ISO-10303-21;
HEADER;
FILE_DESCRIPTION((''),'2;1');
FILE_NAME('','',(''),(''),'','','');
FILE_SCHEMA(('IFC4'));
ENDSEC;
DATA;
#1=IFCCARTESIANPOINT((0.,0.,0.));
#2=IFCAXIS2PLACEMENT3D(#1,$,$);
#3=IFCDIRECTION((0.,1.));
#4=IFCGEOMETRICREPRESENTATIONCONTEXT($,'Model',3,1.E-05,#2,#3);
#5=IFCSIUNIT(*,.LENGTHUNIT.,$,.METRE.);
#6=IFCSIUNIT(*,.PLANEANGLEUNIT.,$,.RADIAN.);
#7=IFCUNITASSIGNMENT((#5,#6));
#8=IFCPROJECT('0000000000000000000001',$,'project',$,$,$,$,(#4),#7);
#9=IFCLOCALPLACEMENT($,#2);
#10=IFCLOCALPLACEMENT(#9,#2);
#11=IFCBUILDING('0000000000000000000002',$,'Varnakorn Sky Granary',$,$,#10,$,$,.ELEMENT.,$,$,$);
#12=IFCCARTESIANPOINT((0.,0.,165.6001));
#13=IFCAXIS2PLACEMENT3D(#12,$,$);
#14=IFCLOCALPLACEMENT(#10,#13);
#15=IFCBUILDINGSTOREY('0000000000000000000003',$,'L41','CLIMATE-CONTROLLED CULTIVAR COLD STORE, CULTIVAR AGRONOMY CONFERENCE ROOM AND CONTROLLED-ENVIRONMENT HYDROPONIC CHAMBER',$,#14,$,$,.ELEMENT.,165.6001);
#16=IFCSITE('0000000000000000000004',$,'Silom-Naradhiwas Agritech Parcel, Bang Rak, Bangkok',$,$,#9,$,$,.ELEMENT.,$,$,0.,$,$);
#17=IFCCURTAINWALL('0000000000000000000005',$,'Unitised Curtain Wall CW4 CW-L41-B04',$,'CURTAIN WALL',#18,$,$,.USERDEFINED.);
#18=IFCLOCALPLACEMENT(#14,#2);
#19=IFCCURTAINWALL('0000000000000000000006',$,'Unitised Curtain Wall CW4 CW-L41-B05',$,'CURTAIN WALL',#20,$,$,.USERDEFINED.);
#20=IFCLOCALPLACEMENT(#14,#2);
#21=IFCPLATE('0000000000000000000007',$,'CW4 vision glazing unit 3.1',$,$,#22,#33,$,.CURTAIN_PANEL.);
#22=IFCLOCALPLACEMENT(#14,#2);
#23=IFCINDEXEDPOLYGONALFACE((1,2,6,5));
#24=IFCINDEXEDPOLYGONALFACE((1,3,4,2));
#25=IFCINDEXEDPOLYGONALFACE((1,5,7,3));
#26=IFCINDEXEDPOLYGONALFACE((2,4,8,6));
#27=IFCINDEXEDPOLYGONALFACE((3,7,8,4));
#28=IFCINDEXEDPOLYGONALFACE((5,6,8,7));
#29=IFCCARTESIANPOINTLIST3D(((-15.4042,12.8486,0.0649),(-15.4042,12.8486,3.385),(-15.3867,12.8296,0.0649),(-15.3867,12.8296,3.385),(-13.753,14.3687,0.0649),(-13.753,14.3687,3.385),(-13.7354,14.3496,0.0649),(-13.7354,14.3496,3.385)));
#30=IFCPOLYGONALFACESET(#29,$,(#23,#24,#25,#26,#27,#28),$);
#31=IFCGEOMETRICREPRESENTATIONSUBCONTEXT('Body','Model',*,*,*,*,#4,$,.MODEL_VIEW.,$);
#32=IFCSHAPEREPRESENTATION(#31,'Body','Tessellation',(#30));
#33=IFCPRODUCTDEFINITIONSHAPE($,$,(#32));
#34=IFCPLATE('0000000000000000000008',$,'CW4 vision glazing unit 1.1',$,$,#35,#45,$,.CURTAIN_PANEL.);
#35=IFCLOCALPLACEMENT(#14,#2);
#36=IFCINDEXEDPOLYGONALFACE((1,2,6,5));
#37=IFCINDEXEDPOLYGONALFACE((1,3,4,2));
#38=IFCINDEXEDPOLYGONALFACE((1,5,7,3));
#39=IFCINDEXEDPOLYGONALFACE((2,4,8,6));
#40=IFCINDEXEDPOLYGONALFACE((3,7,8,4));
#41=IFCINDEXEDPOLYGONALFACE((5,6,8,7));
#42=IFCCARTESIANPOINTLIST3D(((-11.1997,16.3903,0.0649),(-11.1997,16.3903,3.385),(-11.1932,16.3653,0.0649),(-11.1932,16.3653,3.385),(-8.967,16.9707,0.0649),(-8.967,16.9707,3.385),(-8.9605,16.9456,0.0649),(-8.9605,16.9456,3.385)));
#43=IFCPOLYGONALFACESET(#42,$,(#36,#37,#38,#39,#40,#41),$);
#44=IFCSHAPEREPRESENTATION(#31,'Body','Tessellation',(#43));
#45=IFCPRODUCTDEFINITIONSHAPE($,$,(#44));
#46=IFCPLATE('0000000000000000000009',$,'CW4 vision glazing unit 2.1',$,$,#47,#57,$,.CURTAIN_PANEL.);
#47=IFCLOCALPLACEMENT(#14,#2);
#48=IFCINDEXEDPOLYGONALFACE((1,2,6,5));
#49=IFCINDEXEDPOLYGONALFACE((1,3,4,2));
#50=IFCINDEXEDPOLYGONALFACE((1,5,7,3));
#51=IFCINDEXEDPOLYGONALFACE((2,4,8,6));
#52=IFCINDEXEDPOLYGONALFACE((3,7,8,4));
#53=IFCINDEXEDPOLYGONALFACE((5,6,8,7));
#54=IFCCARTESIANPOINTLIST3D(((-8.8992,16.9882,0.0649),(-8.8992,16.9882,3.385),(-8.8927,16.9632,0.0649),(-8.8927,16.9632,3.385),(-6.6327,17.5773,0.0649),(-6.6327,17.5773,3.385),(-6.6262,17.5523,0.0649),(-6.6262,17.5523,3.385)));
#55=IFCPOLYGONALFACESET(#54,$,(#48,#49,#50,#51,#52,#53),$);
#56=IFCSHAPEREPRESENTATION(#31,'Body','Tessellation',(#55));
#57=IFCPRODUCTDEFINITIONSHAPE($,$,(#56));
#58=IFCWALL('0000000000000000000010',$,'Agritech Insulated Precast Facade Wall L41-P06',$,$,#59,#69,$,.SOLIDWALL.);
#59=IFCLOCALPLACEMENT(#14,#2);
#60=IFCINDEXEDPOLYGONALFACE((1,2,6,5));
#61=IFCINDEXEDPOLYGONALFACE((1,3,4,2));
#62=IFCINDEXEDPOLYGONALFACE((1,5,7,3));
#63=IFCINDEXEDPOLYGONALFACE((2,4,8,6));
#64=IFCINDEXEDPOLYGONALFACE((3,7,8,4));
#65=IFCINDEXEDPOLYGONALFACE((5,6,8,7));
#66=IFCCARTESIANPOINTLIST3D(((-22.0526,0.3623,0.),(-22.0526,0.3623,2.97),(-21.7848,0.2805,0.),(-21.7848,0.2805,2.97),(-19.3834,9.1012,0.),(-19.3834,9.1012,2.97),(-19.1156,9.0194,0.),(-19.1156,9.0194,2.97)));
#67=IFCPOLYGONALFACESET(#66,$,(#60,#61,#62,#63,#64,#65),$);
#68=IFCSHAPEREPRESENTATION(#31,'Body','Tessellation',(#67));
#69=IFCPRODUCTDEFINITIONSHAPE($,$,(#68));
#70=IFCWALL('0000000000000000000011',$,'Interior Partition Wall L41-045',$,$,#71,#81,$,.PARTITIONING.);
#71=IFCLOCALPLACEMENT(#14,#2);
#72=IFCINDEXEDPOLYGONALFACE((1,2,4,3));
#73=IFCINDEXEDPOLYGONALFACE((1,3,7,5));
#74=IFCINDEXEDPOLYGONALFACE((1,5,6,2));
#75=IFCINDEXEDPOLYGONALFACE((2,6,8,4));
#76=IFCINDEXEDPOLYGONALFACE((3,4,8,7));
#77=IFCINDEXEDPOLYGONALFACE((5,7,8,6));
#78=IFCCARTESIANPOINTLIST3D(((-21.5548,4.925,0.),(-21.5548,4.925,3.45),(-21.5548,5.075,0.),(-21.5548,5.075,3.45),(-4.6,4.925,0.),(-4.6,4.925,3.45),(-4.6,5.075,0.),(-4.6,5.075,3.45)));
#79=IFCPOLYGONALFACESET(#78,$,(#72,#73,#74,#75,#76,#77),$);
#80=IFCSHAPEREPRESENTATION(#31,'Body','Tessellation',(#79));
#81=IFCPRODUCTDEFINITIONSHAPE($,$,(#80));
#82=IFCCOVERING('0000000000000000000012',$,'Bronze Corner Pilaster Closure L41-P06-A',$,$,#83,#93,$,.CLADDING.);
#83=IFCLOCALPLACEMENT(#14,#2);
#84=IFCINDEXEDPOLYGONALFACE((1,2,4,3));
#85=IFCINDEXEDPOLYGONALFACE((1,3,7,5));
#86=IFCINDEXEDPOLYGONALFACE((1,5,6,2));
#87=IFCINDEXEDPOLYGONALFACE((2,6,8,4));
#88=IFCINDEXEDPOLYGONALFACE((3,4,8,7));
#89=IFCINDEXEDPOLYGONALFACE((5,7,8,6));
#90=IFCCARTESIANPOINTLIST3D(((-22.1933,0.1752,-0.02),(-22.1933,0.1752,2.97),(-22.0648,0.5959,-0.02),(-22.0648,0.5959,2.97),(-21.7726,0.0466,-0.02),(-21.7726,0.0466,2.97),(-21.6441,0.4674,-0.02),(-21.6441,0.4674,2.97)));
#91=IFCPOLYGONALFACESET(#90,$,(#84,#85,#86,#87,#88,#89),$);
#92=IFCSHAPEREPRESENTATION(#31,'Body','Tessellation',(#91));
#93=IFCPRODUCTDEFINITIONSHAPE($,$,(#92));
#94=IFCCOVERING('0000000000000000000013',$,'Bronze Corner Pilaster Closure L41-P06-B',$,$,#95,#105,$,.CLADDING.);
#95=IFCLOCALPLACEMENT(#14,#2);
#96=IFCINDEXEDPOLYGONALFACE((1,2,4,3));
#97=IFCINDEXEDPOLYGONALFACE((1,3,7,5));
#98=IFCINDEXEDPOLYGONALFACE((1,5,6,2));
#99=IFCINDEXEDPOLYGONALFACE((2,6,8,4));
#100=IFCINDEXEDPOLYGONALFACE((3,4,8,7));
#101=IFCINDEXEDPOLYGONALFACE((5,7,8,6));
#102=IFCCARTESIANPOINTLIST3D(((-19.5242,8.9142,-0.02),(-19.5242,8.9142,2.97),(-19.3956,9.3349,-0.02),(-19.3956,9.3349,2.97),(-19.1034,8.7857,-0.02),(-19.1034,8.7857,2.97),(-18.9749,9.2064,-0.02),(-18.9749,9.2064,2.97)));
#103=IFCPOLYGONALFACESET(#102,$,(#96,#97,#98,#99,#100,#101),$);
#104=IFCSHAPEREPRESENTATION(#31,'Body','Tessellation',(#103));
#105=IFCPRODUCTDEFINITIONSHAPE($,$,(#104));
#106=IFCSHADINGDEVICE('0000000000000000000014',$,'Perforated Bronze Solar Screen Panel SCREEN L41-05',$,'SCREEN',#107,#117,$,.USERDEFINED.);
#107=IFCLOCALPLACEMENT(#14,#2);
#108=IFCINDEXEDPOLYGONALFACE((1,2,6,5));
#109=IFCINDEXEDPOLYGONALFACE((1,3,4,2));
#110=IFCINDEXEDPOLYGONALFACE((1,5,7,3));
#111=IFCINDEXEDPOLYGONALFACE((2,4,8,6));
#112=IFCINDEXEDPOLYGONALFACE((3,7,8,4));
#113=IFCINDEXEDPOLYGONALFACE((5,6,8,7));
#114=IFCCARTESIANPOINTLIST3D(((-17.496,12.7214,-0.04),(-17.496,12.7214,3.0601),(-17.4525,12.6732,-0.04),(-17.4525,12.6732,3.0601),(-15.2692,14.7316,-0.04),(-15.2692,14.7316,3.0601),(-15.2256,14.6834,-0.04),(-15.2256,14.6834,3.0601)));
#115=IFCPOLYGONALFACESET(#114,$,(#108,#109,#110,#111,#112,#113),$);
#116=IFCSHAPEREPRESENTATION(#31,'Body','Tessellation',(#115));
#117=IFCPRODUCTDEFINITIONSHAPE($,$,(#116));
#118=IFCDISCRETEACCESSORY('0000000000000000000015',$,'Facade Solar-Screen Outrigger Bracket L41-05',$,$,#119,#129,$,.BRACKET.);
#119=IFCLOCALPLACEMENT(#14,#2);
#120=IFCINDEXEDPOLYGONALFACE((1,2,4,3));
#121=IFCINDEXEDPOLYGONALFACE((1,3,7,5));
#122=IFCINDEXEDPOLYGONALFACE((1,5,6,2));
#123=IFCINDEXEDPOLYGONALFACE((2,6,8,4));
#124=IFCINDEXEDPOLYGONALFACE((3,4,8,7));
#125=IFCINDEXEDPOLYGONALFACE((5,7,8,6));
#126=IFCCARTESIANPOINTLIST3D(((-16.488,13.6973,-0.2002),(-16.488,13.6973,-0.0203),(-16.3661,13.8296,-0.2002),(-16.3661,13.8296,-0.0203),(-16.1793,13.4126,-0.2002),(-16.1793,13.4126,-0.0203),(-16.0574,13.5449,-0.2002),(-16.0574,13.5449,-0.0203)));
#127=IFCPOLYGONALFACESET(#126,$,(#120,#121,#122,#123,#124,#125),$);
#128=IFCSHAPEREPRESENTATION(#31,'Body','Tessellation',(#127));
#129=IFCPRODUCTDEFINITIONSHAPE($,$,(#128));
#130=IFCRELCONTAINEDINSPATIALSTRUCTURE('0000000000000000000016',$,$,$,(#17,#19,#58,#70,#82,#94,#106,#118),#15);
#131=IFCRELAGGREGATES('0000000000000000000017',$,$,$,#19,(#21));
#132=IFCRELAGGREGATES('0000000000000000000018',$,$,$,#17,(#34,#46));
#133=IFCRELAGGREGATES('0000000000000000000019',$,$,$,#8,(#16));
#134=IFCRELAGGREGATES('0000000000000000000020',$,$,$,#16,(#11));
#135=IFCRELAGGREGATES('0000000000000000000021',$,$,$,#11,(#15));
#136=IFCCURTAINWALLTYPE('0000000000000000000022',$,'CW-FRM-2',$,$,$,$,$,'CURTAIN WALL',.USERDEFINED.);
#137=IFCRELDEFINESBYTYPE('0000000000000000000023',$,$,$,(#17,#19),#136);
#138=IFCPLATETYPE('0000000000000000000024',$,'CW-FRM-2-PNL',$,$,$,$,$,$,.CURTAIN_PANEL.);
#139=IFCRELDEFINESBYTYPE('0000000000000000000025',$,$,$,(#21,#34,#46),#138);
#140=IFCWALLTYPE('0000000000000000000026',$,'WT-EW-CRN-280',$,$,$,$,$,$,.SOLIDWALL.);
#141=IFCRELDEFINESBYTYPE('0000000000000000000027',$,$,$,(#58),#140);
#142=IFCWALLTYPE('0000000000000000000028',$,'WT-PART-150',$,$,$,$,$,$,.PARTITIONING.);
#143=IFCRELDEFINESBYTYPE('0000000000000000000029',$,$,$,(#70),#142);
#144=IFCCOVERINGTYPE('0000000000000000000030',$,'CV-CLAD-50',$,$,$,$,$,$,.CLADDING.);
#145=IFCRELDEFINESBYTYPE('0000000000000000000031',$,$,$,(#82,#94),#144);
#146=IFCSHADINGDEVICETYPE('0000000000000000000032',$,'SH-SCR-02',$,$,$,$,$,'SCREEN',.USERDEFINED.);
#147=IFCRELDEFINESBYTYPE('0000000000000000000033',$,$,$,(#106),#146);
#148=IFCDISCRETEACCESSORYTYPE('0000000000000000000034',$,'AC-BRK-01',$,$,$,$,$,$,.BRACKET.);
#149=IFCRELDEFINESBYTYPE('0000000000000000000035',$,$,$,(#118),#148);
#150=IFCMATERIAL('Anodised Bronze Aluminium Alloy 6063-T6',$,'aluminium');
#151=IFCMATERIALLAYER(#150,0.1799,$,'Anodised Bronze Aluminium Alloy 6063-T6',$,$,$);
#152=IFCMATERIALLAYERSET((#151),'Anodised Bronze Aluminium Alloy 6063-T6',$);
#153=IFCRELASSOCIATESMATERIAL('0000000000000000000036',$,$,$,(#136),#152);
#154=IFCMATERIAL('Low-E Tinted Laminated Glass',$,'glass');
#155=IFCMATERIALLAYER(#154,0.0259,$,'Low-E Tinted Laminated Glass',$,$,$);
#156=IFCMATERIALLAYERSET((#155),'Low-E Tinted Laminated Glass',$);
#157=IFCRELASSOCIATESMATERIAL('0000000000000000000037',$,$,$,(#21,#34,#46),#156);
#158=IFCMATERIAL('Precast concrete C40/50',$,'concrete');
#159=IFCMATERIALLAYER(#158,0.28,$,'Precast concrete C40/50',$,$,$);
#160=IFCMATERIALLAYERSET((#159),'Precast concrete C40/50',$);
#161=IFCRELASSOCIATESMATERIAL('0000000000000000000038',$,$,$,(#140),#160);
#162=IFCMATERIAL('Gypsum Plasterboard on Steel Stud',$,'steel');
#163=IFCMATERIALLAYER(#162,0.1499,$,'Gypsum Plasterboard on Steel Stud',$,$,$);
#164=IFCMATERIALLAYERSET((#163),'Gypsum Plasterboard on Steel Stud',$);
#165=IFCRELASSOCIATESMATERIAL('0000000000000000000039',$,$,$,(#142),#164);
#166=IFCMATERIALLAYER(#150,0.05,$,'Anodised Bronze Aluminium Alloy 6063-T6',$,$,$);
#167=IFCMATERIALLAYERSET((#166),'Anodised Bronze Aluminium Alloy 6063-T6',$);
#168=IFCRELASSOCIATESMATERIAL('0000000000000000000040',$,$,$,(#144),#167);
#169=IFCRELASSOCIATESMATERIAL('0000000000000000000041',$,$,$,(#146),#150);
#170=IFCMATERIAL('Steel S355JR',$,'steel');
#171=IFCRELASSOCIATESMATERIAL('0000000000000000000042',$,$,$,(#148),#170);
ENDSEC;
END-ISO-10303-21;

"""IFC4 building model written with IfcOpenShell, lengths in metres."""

from ifc_helpers import new_model, si_unit, direction, frame, frame_2d, origin, origin_2d, place, context, subcontext, project, spatial, rectangle, extrude, source, transform, mapped, material, layer, layer_set, type_object, type_shapes, element, aggregate, save


model = new_model("IFC4")

# Units and contexts
model_context = context("Model", 3, precision=1e-05, world=origin(), true_north=direction((0.0, 1.0)))
body_context = subcontext(model_context, "Body", "Model", "MODEL_VIEW")
ifc_project = project(units=[si_unit("LENGTHUNIT", "METRE"), si_unit("PLANEANGLEUNIT", "RADIAN")], contexts=[model_context])

# Site, building, storey
site_placement = place(None, origin())
site = spatial("IfcSite", under=ifc_project, at=site_placement, Name="Silom-Naradhiwas Agritech Parcel, Bang Rak, Bangkok", CompositionType="ELEMENT", RefElevation=0.0)
building_placement = place(site_placement, origin())
building = spatial("IfcBuilding", under=site, at=building_placement, Name="Varnakorn Sky Granary", CompositionType="ELEMENT")
storey_placement = place(building_placement, frame((0.0, 0.0, 165.6001)))
storey = spatial("IfcBuildingStorey", under=building, at=storey_placement, Name="L41", Description="CLIMATE-CONTROLLED CULTIVAR COLD STORE, CULTIVAR AGRONOMY CONFERENCE ROOM AND CONTROLLED-ENVIRONMENT HYDROPONIC CHAMBER", CompositionType="ELEMENT", Elevation=165.6001)

# Shared definitions
ifc_material_1 = material(Name="Steel S355JR", Category="steel")

# Curtain walls
ifc_material_2 = material(Name="Anodised Bronze Aluminium Alloy 6063-T6", Category="aluminium")
ifc_layer_1 = layer(ifc_material_2, 0.1799, Name="Anodised Bronze Aluminium Alloy 6063-T6")
ifc_layer_set_1 = layer_set([ifc_layer_1], Name="Anodised Bronze Aluminium Alloy 6063-T6")
curtain_wall_type = type_object("IfcCurtainWallType", Name="CW-FRM-2", ElementType="CURTAIN WALL", PredefinedType="USERDEFINED", material=ifc_layer_set_1)
curtain_wall_1_placement = place(storey_placement, origin())
curtain_wall_1 = element("IfcCurtainWall", 1, at=curtain_wall_1_placement, inside=storey, type_object=curtain_wall_type, Name="Unitised Curtain Wall CW4 CW-L41-B04", ObjectType="CURTAIN WALL", PredefinedType="USERDEFINED")
curtain_wall_2_placement = place(storey_placement, origin())
curtain_wall_2 = element("IfcCurtainWall", 2, at=curtain_wall_2_placement, inside=storey, type_object=curtain_wall_type, Name="Unitised Curtain Wall CW4 CW-L41-B05", ObjectType="CURTAIN WALL", PredefinedType="USERDEFINED")

# Plates
plate_type = type_object("IfcPlateType", Name="CW-FRM-2-PNL", PredefinedType="CURTAIN_PANEL")
ifc_material_3 = material(Name="Low-E Tinted Laminated Glass", Category="glass")
ifc_layer_2 = layer(ifc_material_3, 0.0259, Name="Low-E Tinted Laminated Glass")
ifc_layer_set_2 = layer_set([ifc_layer_2], Name="Low-E Tinted Laminated Glass")
shared_shape_1 = source(origin(), body_context, "Body", "SweptSolid", [
    extrude(rectangle(XDim=2.2444, YDim=0.0259, at=origin_2d()), origin(), (0.0, 0.0, 1.0), 3.3201),
])
plate_1_placement = place(storey_placement, frame((-14.5698, 13.5991, 0.0649), z_axis=(0.0, 0.0, 1.0), x_axis=(0.735721, 0.677285, 0.0)))
plate_1 = element("IfcPlate", 3, at=plate_1_placement, type_object=plate_type, material=ifc_layer_set_2, Name="CW4 vision glazing unit 3.1", PredefinedType="CURTAIN_PANEL", context=body_context, shape_type="MappedRepresentation", body=[
    mapped(shared_shape_1, transform((0.0, 0.0, 0.0), x_axis=(1.0, 0.0, 0.0), y_axis=(0.0, 1.0, 0.0), z_axis=(0.0, 0.0, 1.0), scale=1.0)),
])
aggregate(curtain_wall_2, [plate_1])
shared_shape_2 = source(origin(), body_context, "Body", "SweptSolid", [
    extrude(rectangle(XDim=2.3069, YDim=0.0259, at=origin_2d()), origin(), (0.0, 0.0, 1.0), 3.3201),
])
plate_2_placement = place(storey_placement, frame((-10.0801, 16.668, 0.0649), z_axis=(0.0, 0.0, 1.0), x_axis=(0.967841, 0.251564, 0.0)))
plate_2 = element("IfcPlate", 4, at=plate_2_placement, type_object=plate_type, material=ifc_layer_set_2, Name="CW4 vision glazing unit 1.1", PredefinedType="CURTAIN_PANEL", context=body_context, shape_type="MappedRepresentation", body=[
    mapped(shared_shape_2, transform((0.0, 0.0, 0.0), x_axis=(1.0, 0.0, 0.0), y_axis=(0.0, 1.0, 0.0), z_axis=(0.0, 0.0, 1.0), scale=1.0)),
])
shared_shape_3 = source(origin(), body_context, "Body", "SweptSolid", [
    extrude(rectangle(XDim=2.3418, YDim=0.0259, at=origin_2d()), origin(), (0.0, 0.0, 1.0), 3.3201),
])
plate_3_placement = place(storey_placement, frame((-7.7627, 17.2703, 0.0649), z_axis=(0.0, 0.0, 1.0), x_axis=(0.967841, 0.251564, 0.0)))
plate_3 = element("IfcPlate", 5, at=plate_3_placement, type_object=plate_type, material=ifc_layer_set_2, Name="CW4 vision glazing unit 2.1", PredefinedType="CURTAIN_PANEL", context=body_context, shape_type="MappedRepresentation", body=[
    mapped(shared_shape_3, transform((0.0, 0.0, 0.0), x_axis=(1.0, 0.0, 0.0), y_axis=(0.0, 1.0, 0.0), z_axis=(0.0, 0.0, 1.0), scale=1.0)),
])
aggregate(curtain_wall_1, [plate_2, plate_3])

# Walls
ifc_material_4 = material(Name="Precast concrete C40/50", Category="concrete")
ifc_layer_3 = layer(ifc_material_4, 0.28, Name="Precast concrete C40/50")
ifc_layer_set_3 = layer_set([ifc_layer_3], Name="Precast concrete C40/50")
wall_type_1 = type_object("IfcWallType", Name="WT-EW-CRN-280", PredefinedType="SOLIDWALL", material=ifc_layer_set_3)
wall_1_placement = place(storey_placement, frame((-21.9187, 0.3213, 0.0), z_axis=(0.0, 0.0, 1.0), x_axis=(0.292112, 0.956384, 0.0)))
element("IfcWall", 6, at=wall_1_placement, inside=storey, type_object=wall_type_1, Name="Agritech Insulated Precast Facade Wall L41-P06", PredefinedType="SOLIDWALL", context=body_context, shape_type="SweptSolid", body=[
    extrude(rectangle(XDim=9.1375, YDim=0.28, at=frame_2d((4.5688, 0.0))), origin(), (0.0, 0.0, 1.0), 2.97),
])
ifc_material_5 = material(Name="Gypsum Plasterboard on Steel Stud", Category="steel")
ifc_layer_4 = layer(ifc_material_5, 0.1499, Name="Gypsum Plasterboard on Steel Stud")
ifc_layer_set_4 = layer_set([ifc_layer_4], Name="Gypsum Plasterboard on Steel Stud")
wall_type_2 = type_object("IfcWallType", Name="WT-PART-150", PredefinedType="PARTITIONING", material=ifc_layer_set_4)
wall_2_placement = place(storey_placement, frame((-21.5549, 5.0, 0.0), z_axis=(0.0, 0.0, 1.0), x_axis=(1.0, 0.0, 0.0)))
element("IfcWall", 7, at=wall_2_placement, inside=storey, type_object=wall_type_2, Name="Interior Partition Wall L41-045", PredefinedType="PARTITIONING", context=body_context, shape_type="SweptSolid", body=[
    extrude(rectangle(XDim=16.9548, YDim=0.1499, at=frame_2d((8.4775, 0.0))), origin(), (0.0, 0.0, 1.0), 3.45),
])

# Coverings
ifc_layer_5 = layer(ifc_material_2, 0.05, Name="Anodised Bronze Aluminium Alloy 6063-T6")
ifc_layer_set_5 = layer_set([ifc_layer_5], Name="Anodised Bronze Aluminium Alloy 6063-T6")
covering_type = type_object("IfcCoveringType", Name="CV-CLAD-50", PredefinedType="CLADDING", material=ifc_layer_set_5)
shared_shape_4 = source(origin(), body_context, "Body", "SweptSolid", [
    extrude(rectangle(XDim=0.4399, YDim=0.4399, at=origin_2d()), origin(), (0.0, 0.0, 1.0), 2.99),
])
type_shapes(covering_type, [shared_shape_4])
for number, where, z_axis, x_axis, name in (
    (8, (-21.9187, 0.3213, -0.02), (0.0, 0.0, 1.0), (0.292205, 0.956356, 0.0), "Bronze Corner Pilaster Closure L41-P06-A"),
    (9, (-19.2495, 9.0603, -0.02), (0.0, 0.0, 1.0), (0.292205, 0.956356, 0.0), "Bronze Corner Pilaster Closure L41-P06-B"),
):
    element("IfcCovering", number, at=place(storey_placement, frame(where, z_axis=z_axis, x_axis=x_axis)), inside=storey, type_object=covering_type, Name=name, PredefinedType="CLADDING", context=body_context, shape_type="MappedRepresentation", body=[
        mapped(shared_shape_4, transform((0.0, 0.0, 0.0), x_axis=(1.0, 0.0, 0.0), y_axis=(0.0, 1.0, 0.0), z_axis=(0.0, 0.0, 1.0), scale=1.0)),
    ])

# Shading device
shading_device_type = type_object("IfcShadingDeviceType", Name="SH-SCR-02", ElementType="SCREEN", PredefinedType="USERDEFINED", material=ifc_material_2)
shared_shape_5 = source(origin(), body_context, "Body", "SweptSolid", [
    extrude(rectangle(XDim=3.0, YDim=0.0649, at=origin_2d()), origin(), (0.0, 0.0, 1.0), 3.1001),
])
type_shapes(shading_device_type, [shared_shape_5])
shading_device_placement = place(storey_placement, frame((-16.3608, 13.7024, -0.04), z_axis=(0.0, 0.0, 1.0), x_axis=(-0.742295, -0.670073, 0.0)))
element("IfcShadingDevice", 10, at=shading_device_placement, inside=storey, type_object=shading_device_type, Name="Perforated Bronze Solar Screen Panel SCREEN L41-05", ObjectType="SCREEN", PredefinedType="USERDEFINED", context=body_context, shape_type="MappedRepresentation", body=[
    mapped(shared_shape_5, transform((0.0, 0.0, 0.0), x_axis=(1.0, 0.0, 0.0), y_axis=(0.0, 1.0, 0.0), z_axis=(0.0, 0.0, 1.0), scale=1.0)),
])

# Discrete accessory
discrete_accessory_type = type_object("IfcDiscreteAccessoryType", Name="AC-BRK-01", PredefinedType="BRACKET", material=ifc_material_1)
shared_shape_6 = source(origin(), body_context, "Body", "SweptSolid", [
    extrude(rectangle(XDim=0.1799, YDim=0.4199, at=origin_2d()), origin(), (0.0, 0.0, 1.0), 0.1799),
])
type_shapes(discrete_accessory_type, [shared_shape_6])
discrete_accessory_placement = place(storey_placement, frame((-16.2727, 13.6211, -0.2002), z_axis=(0.0, 0.0, 1.0), x_axis=(-0.677868, -0.735183, 0.0)))
element("IfcDiscreteAccessory", 11, at=discrete_accessory_placement, inside=storey, type_object=discrete_accessory_type, Name="Facade Solar-Screen Outrigger Bracket L41-05", PredefinedType="BRACKET", context=body_context, shape_type="MappedRepresentation", body=[
    mapped(shared_shape_6, transform((0.0, 0.0, 0.0), x_axis=(1.0, 0.0, 0.0), y_axis=(0.0, 1.0, 0.0), z_axis=(0.0, 0.0, 1.0), scale=1.0)),
])

save(model, "model.ifc")
